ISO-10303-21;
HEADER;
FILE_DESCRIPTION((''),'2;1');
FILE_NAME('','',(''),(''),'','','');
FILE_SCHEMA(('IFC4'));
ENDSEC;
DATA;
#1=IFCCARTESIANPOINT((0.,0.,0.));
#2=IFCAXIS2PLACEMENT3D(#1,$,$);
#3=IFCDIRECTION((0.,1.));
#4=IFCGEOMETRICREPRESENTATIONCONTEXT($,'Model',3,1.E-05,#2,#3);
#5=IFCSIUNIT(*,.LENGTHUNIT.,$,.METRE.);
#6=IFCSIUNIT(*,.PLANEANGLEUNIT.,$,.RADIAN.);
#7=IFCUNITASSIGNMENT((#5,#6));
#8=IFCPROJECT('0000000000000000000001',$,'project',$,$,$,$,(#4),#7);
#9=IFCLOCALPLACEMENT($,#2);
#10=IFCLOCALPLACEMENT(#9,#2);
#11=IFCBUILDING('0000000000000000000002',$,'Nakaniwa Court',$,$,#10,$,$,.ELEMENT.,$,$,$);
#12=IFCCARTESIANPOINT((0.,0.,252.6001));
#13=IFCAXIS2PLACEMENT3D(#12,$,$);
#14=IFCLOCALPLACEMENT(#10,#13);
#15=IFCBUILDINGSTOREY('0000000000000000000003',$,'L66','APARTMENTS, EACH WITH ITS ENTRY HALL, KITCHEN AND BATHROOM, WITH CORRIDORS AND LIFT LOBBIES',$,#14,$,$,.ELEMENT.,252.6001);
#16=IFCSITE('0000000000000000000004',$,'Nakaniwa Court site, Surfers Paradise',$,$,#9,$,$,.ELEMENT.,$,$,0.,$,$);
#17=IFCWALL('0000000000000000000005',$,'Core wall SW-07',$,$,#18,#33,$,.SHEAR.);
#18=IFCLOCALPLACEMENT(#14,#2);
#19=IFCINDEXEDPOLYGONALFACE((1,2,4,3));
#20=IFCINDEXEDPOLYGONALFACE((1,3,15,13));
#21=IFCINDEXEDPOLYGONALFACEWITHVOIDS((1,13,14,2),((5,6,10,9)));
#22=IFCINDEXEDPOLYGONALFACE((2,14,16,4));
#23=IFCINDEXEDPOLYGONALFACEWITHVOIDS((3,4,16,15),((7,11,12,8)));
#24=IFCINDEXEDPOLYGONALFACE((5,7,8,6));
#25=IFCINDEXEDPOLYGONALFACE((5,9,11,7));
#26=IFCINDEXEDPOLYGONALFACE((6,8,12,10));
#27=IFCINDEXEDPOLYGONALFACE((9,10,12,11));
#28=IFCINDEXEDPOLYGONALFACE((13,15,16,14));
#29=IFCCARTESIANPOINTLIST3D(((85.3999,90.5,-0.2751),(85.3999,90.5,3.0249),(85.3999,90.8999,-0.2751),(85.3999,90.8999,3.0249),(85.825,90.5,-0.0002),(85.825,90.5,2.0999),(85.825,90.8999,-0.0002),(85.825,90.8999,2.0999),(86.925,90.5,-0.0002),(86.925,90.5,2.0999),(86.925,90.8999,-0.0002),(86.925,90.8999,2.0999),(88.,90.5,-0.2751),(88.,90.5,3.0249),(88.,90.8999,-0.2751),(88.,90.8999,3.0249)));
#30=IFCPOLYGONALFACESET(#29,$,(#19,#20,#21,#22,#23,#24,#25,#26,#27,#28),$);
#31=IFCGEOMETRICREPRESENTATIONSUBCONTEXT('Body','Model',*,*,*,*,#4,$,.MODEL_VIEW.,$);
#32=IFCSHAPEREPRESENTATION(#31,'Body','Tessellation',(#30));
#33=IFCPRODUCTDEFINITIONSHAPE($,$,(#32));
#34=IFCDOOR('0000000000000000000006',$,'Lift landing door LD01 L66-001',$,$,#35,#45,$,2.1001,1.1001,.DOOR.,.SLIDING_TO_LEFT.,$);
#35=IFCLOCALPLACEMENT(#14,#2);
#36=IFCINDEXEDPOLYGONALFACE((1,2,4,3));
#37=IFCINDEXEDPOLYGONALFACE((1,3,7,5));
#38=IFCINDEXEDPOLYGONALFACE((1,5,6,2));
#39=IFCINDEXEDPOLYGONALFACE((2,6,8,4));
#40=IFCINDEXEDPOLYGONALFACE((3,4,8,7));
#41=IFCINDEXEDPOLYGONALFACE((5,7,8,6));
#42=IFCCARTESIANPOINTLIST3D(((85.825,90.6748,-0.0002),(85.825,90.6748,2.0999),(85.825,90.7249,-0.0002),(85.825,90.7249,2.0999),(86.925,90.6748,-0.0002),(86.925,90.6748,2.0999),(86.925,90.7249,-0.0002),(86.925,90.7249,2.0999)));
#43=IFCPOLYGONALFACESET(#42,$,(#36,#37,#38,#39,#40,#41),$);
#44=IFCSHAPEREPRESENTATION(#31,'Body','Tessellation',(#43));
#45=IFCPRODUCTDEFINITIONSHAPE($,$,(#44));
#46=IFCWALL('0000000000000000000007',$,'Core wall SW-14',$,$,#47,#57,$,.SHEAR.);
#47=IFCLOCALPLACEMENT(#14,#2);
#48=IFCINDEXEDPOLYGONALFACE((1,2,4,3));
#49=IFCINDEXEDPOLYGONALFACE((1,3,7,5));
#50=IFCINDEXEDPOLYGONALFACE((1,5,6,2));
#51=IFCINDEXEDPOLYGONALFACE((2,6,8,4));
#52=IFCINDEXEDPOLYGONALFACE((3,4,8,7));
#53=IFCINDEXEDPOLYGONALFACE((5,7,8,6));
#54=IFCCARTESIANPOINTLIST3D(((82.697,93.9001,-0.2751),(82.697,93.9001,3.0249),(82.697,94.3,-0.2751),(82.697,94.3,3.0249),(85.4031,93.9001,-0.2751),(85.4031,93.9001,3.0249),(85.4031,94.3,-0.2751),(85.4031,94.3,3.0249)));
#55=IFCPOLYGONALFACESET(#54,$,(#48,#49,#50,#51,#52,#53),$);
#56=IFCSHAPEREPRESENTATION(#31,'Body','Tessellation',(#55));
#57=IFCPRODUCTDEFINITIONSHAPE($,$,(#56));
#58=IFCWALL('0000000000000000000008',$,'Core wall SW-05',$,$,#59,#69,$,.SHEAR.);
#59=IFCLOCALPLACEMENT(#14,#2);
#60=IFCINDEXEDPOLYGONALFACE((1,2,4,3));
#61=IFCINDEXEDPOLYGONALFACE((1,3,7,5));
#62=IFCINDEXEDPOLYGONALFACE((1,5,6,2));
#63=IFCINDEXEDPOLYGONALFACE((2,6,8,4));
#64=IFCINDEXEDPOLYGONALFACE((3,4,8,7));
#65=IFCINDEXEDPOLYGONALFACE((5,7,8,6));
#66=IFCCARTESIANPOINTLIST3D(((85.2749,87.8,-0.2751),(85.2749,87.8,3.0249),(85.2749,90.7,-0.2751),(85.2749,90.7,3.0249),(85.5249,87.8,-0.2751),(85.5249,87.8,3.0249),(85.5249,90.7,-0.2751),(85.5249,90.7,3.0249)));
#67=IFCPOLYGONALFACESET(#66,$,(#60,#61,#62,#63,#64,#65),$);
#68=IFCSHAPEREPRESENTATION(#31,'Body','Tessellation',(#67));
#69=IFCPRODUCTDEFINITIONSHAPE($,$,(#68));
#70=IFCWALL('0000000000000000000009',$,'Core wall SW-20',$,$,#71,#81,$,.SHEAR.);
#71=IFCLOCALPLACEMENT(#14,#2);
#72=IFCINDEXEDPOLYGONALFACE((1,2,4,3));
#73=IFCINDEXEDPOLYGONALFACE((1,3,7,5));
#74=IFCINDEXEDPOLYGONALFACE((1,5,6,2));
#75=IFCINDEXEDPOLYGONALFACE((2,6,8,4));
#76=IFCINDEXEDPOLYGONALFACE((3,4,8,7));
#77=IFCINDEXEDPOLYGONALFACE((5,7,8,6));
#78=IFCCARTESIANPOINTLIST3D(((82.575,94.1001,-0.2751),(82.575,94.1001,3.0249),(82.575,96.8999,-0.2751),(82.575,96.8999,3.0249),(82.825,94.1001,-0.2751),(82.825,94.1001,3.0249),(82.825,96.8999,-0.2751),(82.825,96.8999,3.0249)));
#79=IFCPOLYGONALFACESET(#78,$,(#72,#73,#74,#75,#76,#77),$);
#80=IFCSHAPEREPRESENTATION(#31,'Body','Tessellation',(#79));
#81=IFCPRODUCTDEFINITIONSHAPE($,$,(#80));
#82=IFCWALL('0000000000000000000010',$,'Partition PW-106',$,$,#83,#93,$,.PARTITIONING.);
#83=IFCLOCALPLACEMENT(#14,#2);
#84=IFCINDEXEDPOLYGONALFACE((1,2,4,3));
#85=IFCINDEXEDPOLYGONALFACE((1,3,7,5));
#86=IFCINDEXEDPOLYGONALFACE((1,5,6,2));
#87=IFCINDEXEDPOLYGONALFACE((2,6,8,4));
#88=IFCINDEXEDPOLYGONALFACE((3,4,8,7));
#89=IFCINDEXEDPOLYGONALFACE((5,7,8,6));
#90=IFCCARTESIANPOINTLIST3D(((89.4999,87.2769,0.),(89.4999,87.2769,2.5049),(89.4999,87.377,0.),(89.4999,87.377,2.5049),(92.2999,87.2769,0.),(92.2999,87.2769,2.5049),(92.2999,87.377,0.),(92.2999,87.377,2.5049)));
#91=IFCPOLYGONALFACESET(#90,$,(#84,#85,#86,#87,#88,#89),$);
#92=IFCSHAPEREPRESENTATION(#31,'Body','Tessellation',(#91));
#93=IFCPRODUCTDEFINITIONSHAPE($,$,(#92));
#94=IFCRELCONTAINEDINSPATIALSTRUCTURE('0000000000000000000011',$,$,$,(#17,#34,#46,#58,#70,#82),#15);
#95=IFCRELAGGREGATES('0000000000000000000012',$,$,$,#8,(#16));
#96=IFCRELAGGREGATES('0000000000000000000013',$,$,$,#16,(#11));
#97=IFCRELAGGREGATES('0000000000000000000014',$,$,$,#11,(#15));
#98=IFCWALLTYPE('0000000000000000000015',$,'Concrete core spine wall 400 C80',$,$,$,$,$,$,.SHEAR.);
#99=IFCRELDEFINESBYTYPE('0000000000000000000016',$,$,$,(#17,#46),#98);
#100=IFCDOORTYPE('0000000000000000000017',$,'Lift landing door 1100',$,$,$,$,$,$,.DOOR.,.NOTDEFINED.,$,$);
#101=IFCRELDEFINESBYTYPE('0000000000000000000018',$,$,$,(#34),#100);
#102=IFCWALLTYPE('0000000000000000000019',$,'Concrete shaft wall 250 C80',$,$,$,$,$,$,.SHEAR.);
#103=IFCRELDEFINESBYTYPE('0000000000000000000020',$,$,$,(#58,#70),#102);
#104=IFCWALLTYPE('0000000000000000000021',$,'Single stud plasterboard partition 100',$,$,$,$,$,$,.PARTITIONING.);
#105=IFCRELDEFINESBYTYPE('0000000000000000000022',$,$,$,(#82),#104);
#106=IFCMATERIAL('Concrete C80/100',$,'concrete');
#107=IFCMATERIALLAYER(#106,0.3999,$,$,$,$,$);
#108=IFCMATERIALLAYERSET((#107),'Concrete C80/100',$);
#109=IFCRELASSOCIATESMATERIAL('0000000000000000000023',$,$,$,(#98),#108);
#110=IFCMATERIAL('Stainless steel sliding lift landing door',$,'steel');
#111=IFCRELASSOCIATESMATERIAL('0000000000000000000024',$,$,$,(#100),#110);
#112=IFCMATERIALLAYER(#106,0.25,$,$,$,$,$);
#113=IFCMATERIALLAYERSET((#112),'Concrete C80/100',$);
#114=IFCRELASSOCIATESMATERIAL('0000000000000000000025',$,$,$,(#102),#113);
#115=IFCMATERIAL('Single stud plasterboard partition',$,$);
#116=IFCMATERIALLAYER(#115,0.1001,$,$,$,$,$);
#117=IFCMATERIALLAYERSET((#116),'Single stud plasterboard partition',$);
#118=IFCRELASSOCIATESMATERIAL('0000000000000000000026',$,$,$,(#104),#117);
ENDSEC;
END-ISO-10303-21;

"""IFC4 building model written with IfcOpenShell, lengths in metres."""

from ifc_helpers import new_model, si_unit, direction, frame, frame_2d, origin, place, context, subcontext, project, spatial, rectangle, extrude, material, layer, layer_set, type_object, element, fill, save


model = new_model("IFC4")

# Units and contexts
model_context = context("Model", 3, precision=1e-05, world=origin(), true_north=direction((0.0, 1.0)))
body_context = subcontext(model_context, "Body", "Model", "MODEL_VIEW")
ifc_project = project(units=[si_unit("LENGTHUNIT", "METRE"), si_unit("PLANEANGLEUNIT", "RADIAN")], contexts=[model_context])

# Site, building, storey
site_placement = place(None, origin())
site = spatial("IfcSite", under=ifc_project, at=site_placement, Name="Nakaniwa Court site, Surfers Paradise", CompositionType="ELEMENT", RefElevation=0.0)
building_placement = place(site_placement, origin())
building = spatial("IfcBuilding", under=site, at=building_placement, Name="Nakaniwa Court", CompositionType="ELEMENT")
storey_placement = place(building_placement, frame((0.0, 0.0, 252.6001)))
storey = spatial("IfcBuildingStorey", under=building, at=storey_placement, Name="L66", Description="APARTMENTS, EACH WITH ITS ENTRY HALL, KITCHEN AND BATHROOM, WITH CORRIDORS AND LIFT LOBBIES", CompositionType="ELEMENT", Elevation=252.6001)

# Shared definitions
ifc_material_1 = material(Name="Concrete C80/100", Category="concrete")

# Wall, opening, door
ifc_layer_1 = layer(ifc_material_1, 0.3999)
ifc_layer_set_1 = layer_set([ifc_layer_1], Name="Concrete C80/100")
wall_type_1 = type_object("IfcWallType", Name="Concrete core spine wall 400 C80", PredefinedType="SHEAR", material=ifc_layer_set_1)
wall_1_placement = place(storey_placement, frame((85.3999, 90.7, -0.2751), z_axis=(0.0, 0.0, 1.0), x_axis=(1.0, 0.0, 0.0)))
wall_1 = element("IfcWall", 1, at=wall_1_placement, inside=storey, type_object=wall_type_1, Name="Core wall SW-07", PredefinedType="SHEAR", context=body_context, shape_type="SweptSolid", body=[
    extrude(rectangle(XDim=2.6001, YDim=0.3999, at=frame_2d((1.3, 0.0))), origin(), (0.0, 0.0, 1.0), 3.3),
])
opening_1_placement = place(wall_1_placement, frame((0.425, 0.0, 0.2749)))
opening_1 = element("IfcOpeningElement", 2, at=opening_1_placement, cuts=wall_1, PredefinedType="OPENING", context=body_context, shape_type="SweptSolid", body=[
    extrude(rectangle(XDim=1.1001, YDim=2.1001, at=frame_2d((0.55, 1.05))), frame((0.0, 0.21, 0.0), z_axis=(0.0, -1.0, 0.0), x_axis=(1.0, 0.0, 0.0)), (0.0, 0.0, 1.0), 0.4199),
])
ifc_material_2 = material(Name="Stainless steel sliding lift landing door", Category="steel")
door_type_1 = type_object("IfcDoorType", Name="Lift landing door 1100", OperationType="NOTDEFINED", PredefinedType="DOOR", material=ifc_material_2)
door_1_placement = place(opening_1_placement, origin())
door_1 = element("IfcDoor", 3, at=door_1_placement, inside=storey, type_object=door_type_1, Name="Lift landing door LD01 L66-001", OperationType="SLIDING_TO_LEFT", OverallHeight=2.1001, OverallWidth=1.1001, PredefinedType="DOOR", context=body_context, shape_type="SweptSolid", body=[
    extrude(rectangle(XDim=1.1001, YDim=2.1001, at=frame_2d((0.55, 1.05))), frame((0.0, 0.0249, 0.0), z_axis=(0.0, -1.0, 0.0), x_axis=(1.0, 0.0, 0.0)), (0.0, 0.0, 1.0), 0.05),
])
fill(opening_1, door_1)

# Walls
wall_2_placement = place(storey_placement, frame((82.697, 94.1001, -0.2751), z_axis=(0.0, 0.0, 1.0), x_axis=(1.0, 0.0, 0.0)))
element("IfcWall", 4, at=wall_2_placement, inside=storey, type_object=wall_type_1, Name="Core wall SW-14", PredefinedType="SHEAR", context=body_context, shape_type="SweptSolid", body=[
    extrude(rectangle(XDim=2.7061, YDim=0.3999, at=frame_2d((1.353, 0.0))), origin(), (0.0, 0.0, 1.0), 3.3),
])
ifc_layer_2 = layer(ifc_material_1, 0.25)
ifc_layer_set_2 = layer_set([ifc_layer_2], Name="Concrete C80/100")
wall_type_2 = type_object("IfcWallType", Name="Concrete shaft wall 250 C80", PredefinedType="SHEAR", material=ifc_layer_set_2)
wall_3_placement = place(storey_placement, frame((85.3999, 87.8, -0.2751), z_axis=(0.0, 0.0, 1.0), x_axis=(0.0, 1.0, 0.0)))
element("IfcWall", 5, at=wall_3_placement, inside=storey, type_object=wall_type_2, Name="Core wall SW-05", PredefinedType="SHEAR", context=body_context, shape_type="SweptSolid", body=[
    extrude(rectangle(XDim=2.8999, YDim=0.25, at=frame_2d((1.45, 0.0))), origin(), (0.0, 0.0, 1.0), 3.3),
])
wall_4_placement = place(storey_placement, frame((82.7, 94.1001, -0.2751), z_axis=(0.0, 0.0, 1.0), x_axis=(0.0, 1.0, 0.0)))
element("IfcWall", 6, at=wall_4_placement, inside=storey, type_object=wall_type_2, Name="Core wall SW-20", PredefinedType="SHEAR", context=body_context, shape_type="SweptSolid", body=[
    extrude(rectangle(XDim=2.7998, YDim=0.25, at=frame_2d((1.3999, 0.0))), origin(), (0.0, 0.0, 1.0), 3.3),
])
ifc_material_3 = material(Name="Single stud plasterboard partition")
ifc_layer_3 = layer(ifc_material_3, 0.1001)
ifc_layer_set_3 = layer_set([ifc_layer_3], Name="Single stud plasterboard partition")
wall_type_3 = type_object("IfcWallType", Name="Single stud plasterboard partition 100", PredefinedType="PARTITIONING", material=ifc_layer_set_3)
wall_5_placement = place(storey_placement, frame((89.5, 87.3269, 0.0), z_axis=(0.0, 0.0, 1.0), x_axis=(1.0, 0.0, 0.0)))
element("IfcWall", 7, at=wall_5_placement, inside=storey, type_object=wall_type_3, Name="Partition PW-106", PredefinedType="PARTITIONING", context=body_context, shape_type="SweptSolid", body=[
    extrude(rectangle(XDim=2.8, YDim=0.1001, at=frame_2d((1.3999, 0.0))), origin(), (0.0, 0.0, 1.0), 2.5049),
])

save(model, "model.ifc")
